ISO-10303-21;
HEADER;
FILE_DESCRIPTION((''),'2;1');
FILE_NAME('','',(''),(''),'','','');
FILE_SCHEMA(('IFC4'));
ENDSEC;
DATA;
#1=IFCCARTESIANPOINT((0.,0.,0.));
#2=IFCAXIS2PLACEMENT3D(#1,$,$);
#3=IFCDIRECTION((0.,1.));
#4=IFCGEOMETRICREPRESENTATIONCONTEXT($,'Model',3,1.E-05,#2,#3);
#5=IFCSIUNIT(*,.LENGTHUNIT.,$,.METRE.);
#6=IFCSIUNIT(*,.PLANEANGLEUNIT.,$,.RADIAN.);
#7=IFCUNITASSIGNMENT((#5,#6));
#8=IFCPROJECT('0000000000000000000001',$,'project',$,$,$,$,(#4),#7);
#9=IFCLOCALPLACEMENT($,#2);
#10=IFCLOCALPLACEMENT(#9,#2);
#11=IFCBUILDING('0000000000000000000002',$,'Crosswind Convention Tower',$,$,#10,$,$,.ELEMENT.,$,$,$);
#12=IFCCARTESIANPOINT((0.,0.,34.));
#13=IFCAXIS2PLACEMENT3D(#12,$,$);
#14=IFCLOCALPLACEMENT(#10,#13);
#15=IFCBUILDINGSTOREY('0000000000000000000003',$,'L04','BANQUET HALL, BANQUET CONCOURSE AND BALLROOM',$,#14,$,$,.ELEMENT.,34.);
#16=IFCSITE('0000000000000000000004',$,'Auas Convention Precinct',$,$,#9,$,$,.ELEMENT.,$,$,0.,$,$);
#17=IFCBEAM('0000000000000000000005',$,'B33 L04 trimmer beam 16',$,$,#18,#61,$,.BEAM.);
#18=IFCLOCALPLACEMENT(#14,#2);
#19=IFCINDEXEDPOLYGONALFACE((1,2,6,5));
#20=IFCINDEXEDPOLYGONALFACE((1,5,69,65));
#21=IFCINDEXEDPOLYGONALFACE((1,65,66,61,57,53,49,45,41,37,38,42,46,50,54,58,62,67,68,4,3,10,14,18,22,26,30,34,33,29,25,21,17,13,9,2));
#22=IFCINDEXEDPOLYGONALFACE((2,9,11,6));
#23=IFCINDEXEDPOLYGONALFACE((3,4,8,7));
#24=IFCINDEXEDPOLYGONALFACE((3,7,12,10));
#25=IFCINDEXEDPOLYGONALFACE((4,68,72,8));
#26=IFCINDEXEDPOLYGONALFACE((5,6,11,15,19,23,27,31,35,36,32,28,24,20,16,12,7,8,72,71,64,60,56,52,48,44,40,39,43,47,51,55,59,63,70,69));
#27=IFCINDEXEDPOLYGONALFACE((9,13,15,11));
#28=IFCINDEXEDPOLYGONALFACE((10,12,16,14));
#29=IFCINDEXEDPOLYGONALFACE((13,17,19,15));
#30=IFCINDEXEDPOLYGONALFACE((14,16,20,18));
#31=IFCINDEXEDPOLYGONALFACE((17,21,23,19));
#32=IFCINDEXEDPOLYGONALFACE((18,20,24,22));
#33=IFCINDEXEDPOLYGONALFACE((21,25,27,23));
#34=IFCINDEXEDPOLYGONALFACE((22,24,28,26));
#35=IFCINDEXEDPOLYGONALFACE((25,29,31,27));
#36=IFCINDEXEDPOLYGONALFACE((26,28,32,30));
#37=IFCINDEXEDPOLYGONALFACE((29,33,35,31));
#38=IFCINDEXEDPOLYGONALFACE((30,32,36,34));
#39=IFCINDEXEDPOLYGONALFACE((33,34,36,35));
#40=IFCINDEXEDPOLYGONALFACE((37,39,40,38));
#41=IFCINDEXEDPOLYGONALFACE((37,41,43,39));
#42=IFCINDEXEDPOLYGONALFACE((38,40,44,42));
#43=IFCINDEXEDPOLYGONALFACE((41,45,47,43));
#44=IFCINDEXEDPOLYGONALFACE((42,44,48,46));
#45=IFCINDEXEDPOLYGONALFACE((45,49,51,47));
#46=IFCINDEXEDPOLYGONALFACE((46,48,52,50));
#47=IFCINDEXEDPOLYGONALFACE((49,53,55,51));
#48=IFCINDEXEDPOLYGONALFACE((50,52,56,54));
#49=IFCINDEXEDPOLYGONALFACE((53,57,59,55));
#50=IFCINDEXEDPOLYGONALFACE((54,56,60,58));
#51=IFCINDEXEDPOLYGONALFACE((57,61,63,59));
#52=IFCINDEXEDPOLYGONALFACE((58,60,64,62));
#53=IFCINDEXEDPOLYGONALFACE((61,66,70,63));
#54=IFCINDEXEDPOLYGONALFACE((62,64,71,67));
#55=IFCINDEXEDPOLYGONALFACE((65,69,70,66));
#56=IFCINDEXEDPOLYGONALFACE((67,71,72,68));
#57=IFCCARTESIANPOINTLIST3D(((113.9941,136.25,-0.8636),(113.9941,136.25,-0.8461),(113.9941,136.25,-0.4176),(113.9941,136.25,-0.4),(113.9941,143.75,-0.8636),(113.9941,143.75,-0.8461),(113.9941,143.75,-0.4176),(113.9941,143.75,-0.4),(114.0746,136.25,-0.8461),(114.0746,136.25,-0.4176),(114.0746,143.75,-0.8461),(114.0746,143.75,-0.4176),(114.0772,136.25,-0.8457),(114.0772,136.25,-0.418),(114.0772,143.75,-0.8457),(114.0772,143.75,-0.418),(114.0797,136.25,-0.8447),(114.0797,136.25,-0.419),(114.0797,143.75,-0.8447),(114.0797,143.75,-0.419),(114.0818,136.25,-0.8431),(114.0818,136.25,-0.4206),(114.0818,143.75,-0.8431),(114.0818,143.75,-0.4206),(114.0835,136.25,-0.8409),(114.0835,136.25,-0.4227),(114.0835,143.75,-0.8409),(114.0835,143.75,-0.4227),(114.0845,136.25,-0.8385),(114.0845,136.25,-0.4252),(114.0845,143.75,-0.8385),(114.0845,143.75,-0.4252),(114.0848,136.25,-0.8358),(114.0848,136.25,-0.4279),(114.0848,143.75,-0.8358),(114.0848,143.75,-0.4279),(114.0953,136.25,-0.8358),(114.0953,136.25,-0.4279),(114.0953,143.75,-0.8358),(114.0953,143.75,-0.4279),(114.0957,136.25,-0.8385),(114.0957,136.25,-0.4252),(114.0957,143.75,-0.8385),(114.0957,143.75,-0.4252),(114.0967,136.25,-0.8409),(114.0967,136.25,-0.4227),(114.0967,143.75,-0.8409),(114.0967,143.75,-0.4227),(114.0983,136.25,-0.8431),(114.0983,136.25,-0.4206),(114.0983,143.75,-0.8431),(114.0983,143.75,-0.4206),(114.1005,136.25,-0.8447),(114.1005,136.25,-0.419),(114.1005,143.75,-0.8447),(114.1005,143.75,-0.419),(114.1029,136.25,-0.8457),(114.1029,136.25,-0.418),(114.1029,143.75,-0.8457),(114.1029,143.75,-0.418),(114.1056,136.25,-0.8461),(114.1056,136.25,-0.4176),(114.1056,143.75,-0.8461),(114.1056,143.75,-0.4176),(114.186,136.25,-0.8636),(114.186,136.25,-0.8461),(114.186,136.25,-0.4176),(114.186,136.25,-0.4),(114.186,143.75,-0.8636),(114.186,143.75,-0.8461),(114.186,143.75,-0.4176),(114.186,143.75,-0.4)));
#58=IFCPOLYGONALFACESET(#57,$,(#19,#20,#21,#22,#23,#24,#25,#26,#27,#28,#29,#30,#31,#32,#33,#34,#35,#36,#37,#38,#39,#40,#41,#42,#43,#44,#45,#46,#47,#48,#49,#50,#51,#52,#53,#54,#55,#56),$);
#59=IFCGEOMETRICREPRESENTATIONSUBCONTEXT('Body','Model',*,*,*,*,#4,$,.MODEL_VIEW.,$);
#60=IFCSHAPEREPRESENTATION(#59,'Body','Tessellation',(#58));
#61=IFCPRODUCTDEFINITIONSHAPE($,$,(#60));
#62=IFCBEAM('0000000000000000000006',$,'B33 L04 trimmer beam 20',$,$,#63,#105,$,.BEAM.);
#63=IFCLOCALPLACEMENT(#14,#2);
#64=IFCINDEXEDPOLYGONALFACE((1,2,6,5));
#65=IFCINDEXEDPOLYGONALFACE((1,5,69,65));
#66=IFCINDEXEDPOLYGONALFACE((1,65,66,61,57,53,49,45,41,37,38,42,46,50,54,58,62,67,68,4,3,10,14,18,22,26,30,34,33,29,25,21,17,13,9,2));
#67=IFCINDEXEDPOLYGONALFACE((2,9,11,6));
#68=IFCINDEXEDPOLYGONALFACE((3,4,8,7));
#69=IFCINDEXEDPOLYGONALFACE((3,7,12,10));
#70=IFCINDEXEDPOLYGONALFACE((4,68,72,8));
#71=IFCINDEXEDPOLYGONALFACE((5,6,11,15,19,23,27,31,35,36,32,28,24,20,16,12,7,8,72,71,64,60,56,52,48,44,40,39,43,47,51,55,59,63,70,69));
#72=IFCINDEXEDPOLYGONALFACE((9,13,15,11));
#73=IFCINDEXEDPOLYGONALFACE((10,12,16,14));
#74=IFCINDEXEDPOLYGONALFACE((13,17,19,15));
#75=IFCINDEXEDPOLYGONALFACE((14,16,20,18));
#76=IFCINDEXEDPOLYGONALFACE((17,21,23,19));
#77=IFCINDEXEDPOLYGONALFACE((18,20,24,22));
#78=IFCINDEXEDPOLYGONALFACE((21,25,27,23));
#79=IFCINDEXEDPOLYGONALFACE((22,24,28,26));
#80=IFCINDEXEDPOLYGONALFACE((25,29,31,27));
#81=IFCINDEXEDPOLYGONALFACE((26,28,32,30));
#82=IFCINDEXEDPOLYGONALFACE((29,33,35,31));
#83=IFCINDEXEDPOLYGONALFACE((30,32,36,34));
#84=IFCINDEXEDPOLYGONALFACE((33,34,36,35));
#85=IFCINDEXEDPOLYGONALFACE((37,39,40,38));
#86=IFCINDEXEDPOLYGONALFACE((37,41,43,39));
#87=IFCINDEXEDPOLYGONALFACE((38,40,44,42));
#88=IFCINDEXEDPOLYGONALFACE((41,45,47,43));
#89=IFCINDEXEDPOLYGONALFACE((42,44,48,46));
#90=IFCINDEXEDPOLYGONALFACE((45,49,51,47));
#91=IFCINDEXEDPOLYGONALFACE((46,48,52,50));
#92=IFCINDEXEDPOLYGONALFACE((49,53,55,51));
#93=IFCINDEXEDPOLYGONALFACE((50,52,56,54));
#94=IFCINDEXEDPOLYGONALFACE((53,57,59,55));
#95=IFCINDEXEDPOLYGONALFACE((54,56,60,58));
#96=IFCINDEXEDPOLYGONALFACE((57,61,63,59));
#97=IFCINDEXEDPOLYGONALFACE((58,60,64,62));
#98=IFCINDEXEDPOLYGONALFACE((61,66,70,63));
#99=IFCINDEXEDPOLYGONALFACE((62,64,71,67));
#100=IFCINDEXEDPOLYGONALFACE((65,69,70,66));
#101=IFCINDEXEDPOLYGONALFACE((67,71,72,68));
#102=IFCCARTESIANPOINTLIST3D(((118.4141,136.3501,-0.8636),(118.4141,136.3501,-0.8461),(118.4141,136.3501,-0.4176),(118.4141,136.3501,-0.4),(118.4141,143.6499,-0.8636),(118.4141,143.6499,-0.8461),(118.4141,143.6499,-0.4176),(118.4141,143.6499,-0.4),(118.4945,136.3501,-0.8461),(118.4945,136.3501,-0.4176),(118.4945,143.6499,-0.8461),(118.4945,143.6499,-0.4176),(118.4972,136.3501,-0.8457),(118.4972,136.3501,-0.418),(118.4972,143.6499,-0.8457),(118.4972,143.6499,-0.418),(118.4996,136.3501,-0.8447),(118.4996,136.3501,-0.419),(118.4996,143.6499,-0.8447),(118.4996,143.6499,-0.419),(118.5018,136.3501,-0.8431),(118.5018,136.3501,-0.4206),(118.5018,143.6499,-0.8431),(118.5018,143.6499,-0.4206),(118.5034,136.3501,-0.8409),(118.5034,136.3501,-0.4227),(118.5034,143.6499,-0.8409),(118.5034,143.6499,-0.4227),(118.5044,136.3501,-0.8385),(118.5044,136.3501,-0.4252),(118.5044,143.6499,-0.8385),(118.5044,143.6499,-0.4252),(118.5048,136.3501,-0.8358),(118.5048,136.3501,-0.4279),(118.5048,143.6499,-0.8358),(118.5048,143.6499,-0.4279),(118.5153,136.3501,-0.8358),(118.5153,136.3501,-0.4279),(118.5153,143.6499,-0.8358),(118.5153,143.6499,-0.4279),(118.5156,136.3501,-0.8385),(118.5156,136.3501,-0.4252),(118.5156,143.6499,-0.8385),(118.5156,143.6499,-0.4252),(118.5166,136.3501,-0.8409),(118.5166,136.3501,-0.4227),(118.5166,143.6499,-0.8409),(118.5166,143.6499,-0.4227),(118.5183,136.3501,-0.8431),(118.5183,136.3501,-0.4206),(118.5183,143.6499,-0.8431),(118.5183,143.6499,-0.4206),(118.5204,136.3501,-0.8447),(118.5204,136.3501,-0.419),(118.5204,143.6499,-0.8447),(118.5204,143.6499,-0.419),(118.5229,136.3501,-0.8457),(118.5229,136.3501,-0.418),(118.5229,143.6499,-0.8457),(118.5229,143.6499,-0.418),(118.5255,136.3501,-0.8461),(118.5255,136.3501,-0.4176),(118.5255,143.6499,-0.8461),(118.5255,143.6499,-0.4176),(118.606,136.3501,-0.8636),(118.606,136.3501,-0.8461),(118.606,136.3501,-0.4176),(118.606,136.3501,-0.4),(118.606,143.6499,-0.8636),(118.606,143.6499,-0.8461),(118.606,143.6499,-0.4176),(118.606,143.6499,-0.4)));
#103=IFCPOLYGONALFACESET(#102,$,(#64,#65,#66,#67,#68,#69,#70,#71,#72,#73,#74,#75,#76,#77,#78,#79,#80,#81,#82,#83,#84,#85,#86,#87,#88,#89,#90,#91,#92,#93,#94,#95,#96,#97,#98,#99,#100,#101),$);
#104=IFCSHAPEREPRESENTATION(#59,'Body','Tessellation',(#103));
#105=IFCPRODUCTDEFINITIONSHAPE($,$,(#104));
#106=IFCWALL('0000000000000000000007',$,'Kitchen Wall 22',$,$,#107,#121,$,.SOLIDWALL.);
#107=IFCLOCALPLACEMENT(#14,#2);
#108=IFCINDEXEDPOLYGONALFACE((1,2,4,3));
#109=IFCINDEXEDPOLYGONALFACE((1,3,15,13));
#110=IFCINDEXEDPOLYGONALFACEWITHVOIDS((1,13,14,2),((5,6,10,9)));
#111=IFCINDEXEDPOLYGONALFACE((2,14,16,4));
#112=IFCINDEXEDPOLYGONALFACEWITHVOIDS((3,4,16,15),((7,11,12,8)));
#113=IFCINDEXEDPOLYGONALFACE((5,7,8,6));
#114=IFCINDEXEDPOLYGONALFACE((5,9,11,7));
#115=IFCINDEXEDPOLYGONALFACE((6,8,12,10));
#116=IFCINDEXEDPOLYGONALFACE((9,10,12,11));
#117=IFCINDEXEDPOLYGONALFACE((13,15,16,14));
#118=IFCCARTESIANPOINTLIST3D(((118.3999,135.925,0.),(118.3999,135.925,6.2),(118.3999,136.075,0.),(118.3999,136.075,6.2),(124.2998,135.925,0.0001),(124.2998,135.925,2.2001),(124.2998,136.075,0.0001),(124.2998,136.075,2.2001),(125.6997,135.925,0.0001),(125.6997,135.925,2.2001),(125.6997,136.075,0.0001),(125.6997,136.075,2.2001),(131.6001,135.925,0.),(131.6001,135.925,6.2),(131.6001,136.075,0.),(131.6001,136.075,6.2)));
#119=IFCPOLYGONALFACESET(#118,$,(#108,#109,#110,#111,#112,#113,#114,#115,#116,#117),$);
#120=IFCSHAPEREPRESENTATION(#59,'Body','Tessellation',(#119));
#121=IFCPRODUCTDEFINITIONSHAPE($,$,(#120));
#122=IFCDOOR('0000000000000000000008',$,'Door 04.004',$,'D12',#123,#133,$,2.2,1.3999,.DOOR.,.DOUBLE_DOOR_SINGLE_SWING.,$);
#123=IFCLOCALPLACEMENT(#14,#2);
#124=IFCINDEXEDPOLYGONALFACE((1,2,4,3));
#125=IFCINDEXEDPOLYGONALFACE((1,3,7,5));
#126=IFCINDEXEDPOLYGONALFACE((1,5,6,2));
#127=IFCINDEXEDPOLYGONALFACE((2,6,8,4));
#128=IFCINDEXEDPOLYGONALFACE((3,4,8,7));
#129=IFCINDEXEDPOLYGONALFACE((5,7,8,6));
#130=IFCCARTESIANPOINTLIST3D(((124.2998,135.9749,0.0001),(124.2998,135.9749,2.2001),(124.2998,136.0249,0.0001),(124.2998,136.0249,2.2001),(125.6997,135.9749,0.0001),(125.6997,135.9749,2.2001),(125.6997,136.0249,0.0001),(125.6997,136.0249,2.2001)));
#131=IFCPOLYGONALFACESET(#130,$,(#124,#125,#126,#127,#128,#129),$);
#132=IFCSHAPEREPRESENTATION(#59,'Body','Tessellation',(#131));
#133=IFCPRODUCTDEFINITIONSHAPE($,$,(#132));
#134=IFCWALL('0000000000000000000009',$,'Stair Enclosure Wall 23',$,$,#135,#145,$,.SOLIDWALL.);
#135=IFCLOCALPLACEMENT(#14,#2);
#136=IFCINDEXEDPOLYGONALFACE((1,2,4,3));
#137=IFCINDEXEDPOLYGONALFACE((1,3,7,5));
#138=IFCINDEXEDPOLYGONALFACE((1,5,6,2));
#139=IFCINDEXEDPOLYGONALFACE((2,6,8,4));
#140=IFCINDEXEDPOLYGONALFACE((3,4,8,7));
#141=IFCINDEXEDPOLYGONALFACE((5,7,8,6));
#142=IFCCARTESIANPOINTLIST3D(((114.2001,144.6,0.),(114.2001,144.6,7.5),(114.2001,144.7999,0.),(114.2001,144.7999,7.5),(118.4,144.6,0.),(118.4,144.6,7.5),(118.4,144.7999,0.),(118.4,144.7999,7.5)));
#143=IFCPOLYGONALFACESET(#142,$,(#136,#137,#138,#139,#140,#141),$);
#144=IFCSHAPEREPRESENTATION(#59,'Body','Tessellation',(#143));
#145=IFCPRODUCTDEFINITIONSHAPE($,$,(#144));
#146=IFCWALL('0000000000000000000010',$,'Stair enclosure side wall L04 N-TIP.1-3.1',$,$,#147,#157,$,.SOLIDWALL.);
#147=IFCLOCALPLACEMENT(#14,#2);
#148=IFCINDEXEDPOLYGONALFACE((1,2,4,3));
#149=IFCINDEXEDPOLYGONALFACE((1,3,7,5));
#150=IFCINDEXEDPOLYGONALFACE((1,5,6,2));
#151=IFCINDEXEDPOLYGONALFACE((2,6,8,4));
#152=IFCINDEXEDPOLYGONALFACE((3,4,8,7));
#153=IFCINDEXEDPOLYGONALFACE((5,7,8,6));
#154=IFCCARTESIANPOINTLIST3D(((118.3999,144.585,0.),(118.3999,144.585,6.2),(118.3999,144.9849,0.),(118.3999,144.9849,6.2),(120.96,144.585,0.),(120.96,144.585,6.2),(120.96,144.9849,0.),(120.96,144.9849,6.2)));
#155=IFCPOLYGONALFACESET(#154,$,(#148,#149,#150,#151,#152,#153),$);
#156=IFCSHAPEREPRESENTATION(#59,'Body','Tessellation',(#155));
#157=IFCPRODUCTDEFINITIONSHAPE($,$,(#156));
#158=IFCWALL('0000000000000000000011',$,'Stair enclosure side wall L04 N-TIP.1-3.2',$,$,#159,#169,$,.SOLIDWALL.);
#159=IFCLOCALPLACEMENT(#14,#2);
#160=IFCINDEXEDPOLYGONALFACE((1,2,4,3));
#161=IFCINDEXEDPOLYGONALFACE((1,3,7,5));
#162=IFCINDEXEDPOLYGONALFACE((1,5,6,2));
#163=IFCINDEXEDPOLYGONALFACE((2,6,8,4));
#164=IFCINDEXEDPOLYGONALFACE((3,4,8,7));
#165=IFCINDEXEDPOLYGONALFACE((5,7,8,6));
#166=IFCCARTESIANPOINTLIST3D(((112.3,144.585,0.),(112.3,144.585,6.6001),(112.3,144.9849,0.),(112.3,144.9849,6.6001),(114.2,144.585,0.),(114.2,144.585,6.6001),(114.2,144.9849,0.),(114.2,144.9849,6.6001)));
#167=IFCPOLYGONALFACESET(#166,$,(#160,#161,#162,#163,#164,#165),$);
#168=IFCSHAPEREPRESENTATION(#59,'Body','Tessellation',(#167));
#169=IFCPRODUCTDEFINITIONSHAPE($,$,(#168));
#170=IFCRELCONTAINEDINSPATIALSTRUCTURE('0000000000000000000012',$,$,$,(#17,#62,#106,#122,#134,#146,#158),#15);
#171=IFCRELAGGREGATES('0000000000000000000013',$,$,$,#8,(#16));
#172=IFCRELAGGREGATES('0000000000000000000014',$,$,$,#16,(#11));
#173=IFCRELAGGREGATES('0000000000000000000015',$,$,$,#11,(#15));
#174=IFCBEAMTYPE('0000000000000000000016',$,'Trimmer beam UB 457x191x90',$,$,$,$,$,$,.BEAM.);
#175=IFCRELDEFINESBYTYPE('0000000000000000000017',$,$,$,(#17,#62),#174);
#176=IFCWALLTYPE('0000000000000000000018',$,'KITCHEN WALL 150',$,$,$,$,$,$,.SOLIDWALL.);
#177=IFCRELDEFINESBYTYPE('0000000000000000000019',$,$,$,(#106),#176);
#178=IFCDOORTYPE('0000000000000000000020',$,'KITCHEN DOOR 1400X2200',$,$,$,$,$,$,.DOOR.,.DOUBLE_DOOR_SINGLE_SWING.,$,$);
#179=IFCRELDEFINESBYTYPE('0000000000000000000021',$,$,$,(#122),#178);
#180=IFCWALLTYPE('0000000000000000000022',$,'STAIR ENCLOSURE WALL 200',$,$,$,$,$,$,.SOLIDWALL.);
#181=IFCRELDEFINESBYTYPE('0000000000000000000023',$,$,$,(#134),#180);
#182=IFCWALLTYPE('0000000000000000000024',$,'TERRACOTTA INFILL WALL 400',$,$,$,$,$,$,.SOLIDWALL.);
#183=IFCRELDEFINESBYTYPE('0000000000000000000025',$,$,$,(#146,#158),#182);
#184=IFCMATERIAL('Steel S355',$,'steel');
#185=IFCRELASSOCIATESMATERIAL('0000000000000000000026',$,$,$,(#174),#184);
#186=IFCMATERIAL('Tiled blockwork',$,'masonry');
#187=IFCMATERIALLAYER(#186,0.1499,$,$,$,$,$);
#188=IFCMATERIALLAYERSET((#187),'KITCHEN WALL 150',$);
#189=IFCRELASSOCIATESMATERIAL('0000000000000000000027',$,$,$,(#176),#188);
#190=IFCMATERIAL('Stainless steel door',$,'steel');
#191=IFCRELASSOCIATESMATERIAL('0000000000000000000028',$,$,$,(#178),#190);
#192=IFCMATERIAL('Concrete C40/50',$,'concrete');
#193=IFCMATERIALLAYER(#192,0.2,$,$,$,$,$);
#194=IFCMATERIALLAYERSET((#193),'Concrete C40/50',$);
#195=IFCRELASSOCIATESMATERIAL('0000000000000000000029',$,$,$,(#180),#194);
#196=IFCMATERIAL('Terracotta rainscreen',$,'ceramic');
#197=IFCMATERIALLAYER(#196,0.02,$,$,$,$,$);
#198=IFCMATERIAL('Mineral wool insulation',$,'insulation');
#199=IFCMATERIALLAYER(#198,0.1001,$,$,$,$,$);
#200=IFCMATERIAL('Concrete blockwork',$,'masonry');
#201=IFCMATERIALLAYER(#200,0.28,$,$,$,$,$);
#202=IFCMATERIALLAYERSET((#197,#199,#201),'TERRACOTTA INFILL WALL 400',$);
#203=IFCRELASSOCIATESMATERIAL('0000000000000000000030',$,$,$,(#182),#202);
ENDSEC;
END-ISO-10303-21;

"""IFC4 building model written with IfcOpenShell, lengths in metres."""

from ifc_helpers import new_model, si_unit, direction, frame, frame_2d, origin, origin_2d, place, context, subcontext, project, spatial, rectangle, i_section, extrude, material, layer, layer_set, material_profile, profile_set, type_object, element, fill, save


model = new_model("IFC4")

# Units and contexts
model_context = context("Model", 3, precision=1e-05, world=origin(), true_north=direction((0.0, 1.0)))
body_context = subcontext(model_context, "Body", "Model", "MODEL_VIEW")
ifc_project = project(units=[si_unit("LENGTHUNIT", "METRE"), si_unit("PLANEANGLEUNIT", "RADIAN")], contexts=[model_context])

# Site, building, storey
site_placement = place(None, origin())
site = spatial("IfcSite", under=ifc_project, at=site_placement, Name="Auas Convention Precinct", CompositionType="ELEMENT", RefElevation=0.0)
building_placement = place(site_placement, origin())
building = spatial("IfcBuilding", under=site, at=building_placement, Name="Crosswind Convention Tower", CompositionType="ELEMENT")
storey_placement = place(building_placement, frame((0.0, 0.0, 34.0)))
storey = spatial("IfcBuildingStorey", under=building, at=storey_placement, Name="L04", Description="BANQUET HALL, BANQUET CONCOURSE AND BALLROOM", CompositionType="ELEMENT", Elevation=34.0)

# Beams
ifc_material_1 = material(Name="Steel S355", Category="steel")
ifc_material_profile_1 = material_profile(ifc_material_1, i_section(OverallWidth=0.1919, OverallDepth=0.4636, WebThickness=0.0105, FlangeThickness=0.0176, FilletRadius=0.0103, at=origin_2d()), Name="UB 457x191x90")
ifc_profile_set_1 = profile_set([ifc_material_profile_1], Name="Steel S355")
beam_type_1 = type_object("IfcBeamType", Name="Trimmer beam UB 457x191x90", PredefinedType="BEAM", material=ifc_profile_set_1)
beam_1_placement = place(storey_placement, frame((114.0901, 136.25, -0.6318), z_axis=(0.0, 1.0, 0.0), x_axis=(-1.0, 0.0, 0.0)))
element("IfcBeam", 1, at=beam_1_placement, inside=storey, type_object=beam_type_1, Name="B33 L04 trimmer beam 16", PredefinedType="BEAM", context=body_context, shape_type="SweptSolid", body=[
    extrude(i_section(OverallWidth=0.1919, OverallDepth=0.4636, WebThickness=0.0105, FlangeThickness=0.0176, FilletRadius=0.0103, at=origin_2d()), origin(), (0.0, 0.0, 1.0), 7.5),
])
beam_2_placement = place(storey_placement, frame((118.51, 136.3501, -0.6318), z_axis=(0.0, 1.0, 0.0), x_axis=(-1.0, 0.0, 0.0)))
element("IfcBeam", 2, at=beam_2_placement, inside=storey, type_object=beam_type_1, Name="B33 L04 trimmer beam 20", PredefinedType="BEAM", context=body_context, shape_type="SweptSolid", body=[
    extrude(i_section(OverallWidth=0.1919, OverallDepth=0.4636, WebThickness=0.0105, FlangeThickness=0.0176, FilletRadius=0.0103, at=origin_2d()), origin(), (0.0, 0.0, 1.0), 7.2998),
])

# Wall, opening, door
ifc_material_2 = material(Name="Tiled blockwork", Category="masonry")
ifc_layer_1 = layer(ifc_material_2, 0.1499)
ifc_layer_set_1 = layer_set([ifc_layer_1], Name="KITCHEN WALL 150")
wall_type_1 = type_object("IfcWallType", Name="KITCHEN WALL 150", PredefinedType="SOLIDWALL", material=ifc_layer_set_1)
wall_1_placement = place(storey_placement, frame((118.3999, 136.0, 0.0), z_axis=(0.0, 0.0, 1.0), x_axis=(1.0, 0.0, 0.0)))
wall_1 = element("IfcWall", 3, at=wall_1_placement, inside=storey, type_object=wall_type_1, Name="Kitchen Wall 22", PredefinedType="SOLIDWALL", context=body_context, shape_type="SweptSolid", body=[
    extrude(rectangle(XDim=13.2002, YDim=0.1499, at=frame_2d((6.6001, 0.0))), origin(), (0.0, 0.0, 1.0), 6.2),
])
opening_placement = place(wall_1_placement, frame((5.8999, 0.0, 0.0)))
opening = element("IfcOpeningElement", 4, at=opening_placement, cuts=wall_1, PredefinedType="OPENING", context=body_context, shape_type="SweptSolid", body=[
    extrude(rectangle(XDim=1.3999, YDim=2.2, at=frame_2d((0.7, 1.1001))), frame((0.0, 0.085, 0.0), z_axis=(0.0, -1.0, 0.0), x_axis=(1.0, 0.0, 0.0)), (0.0, 0.0, 1.0), 0.1699),
])
ifc_material_3 = material(Name="Stainless steel door", Category="steel")
door_type = type_object("IfcDoorType", Name="KITCHEN DOOR 1400X2200", OperationType="DOUBLE_DOOR_SINGLE_SWING", PredefinedType="DOOR", material=ifc_material_3)
door_placement = place(opening_placement, origin())
door = element("IfcDoor", 5, at=door_placement, inside=storey, type_object=door_type, Name="Door 04.004", ObjectType="D12", OperationType="DOUBLE_DOOR_SINGLE_SWING", OverallHeight=2.2, OverallWidth=1.3999, PredefinedType="DOOR", context=body_context, shape_type="SweptSolid", body=[
    extrude(rectangle(XDim=1.3999, YDim=2.2, at=frame_2d((0.7, 1.1001))), frame((0.0, 0.0249, 0.0), z_axis=(0.0, -1.0, 0.0), x_axis=(1.0, 0.0, 0.0)), (0.0, 0.0, 1.0), 0.05),
])
fill(opening, door)

# Walls
ifc_material_4 = material(Name="Concrete C40/50", Category="concrete")
ifc_layer_2 = layer(ifc_material_4, 0.2)
ifc_layer_set_2 = layer_set([ifc_layer_2], Name="Concrete C40/50")
wall_type_2 = type_object("IfcWallType", Name="STAIR ENCLOSURE WALL 200", PredefinedType="SOLIDWALL", material=ifc_layer_set_2)
wall_2_placement = place(storey_placement, frame((114.2, 144.7, 0.0), z_axis=(0.0, 0.0, 1.0), x_axis=(1.0, 0.0, 0.0)))
element("IfcWall", 6, at=wall_2_placement, inside=storey, type_object=wall_type_2, Name="Stair Enclosure Wall 23", PredefinedType="SOLIDWALL", context=body_context, shape_type="SweptSolid", body=[
    extrude(rectangle(XDim=4.2, YDim=0.2, at=frame_2d((2.1001, 0.0))), origin(), (0.0, 0.0, 1.0), 7.5),
])
ifc_material_5 = material(Name="Terracotta rainscreen", Category="ceramic")
ifc_layer_3 = layer(ifc_material_5, 0.02)
ifc_material_6 = material(Name="Mineral wool insulation", Category="insulation")
ifc_layer_4 = layer(ifc_material_6, 0.1001)
ifc_material_7 = material(Name="Concrete blockwork", Category="masonry")
ifc_layer_5 = layer(ifc_material_7, 0.28)
ifc_layer_set_3 = layer_set([ifc_layer_3, ifc_layer_4, ifc_layer_5], Name="TERRACOTTA INFILL WALL 400")
wall_type_3 = type_object("IfcWallType", Name="TERRACOTTA INFILL WALL 400", PredefinedType="SOLIDWALL", material=ifc_layer_set_3)
wall_3_placement = place(storey_placement, frame((120.96, 144.7849, 0.0), z_axis=(0.0, 0.0, 1.0), x_axis=(-1.0, 0.0, 0.0)))
element("IfcWall", 7, at=wall_3_placement, inside=storey, type_object=wall_type_3, Name="Stair enclosure side wall L04 N-TIP.1-3.1", PredefinedType="SOLIDWALL", context=body_context, shape_type="SweptSolid", body=[
    extrude(rectangle(XDim=2.5601, YDim=0.3999, at=frame_2d((1.28, 0.0))), origin(), (0.0, 0.0, 1.0), 6.2),
])
wall_4_placement = place(storey_placement, frame((114.2, 144.7849, 0.0), z_axis=(0.0, 0.0, 1.0), x_axis=(-1.0, 0.0, 0.0)))
element("IfcWall", 8, at=wall_4_placement, inside=storey, type_object=wall_type_3, Name="Stair enclosure side wall L04 N-TIP.1-3.2", PredefinedType="SOLIDWALL", context=body_context, shape_type="SweptSolid", body=[
    extrude(rectangle(XDim=1.8999, YDim=0.3999, at=frame_2d((0.95, 0.0))), origin(), (0.0, 0.0, 1.0), 6.6001),
])

save(model, "model.ifc")
